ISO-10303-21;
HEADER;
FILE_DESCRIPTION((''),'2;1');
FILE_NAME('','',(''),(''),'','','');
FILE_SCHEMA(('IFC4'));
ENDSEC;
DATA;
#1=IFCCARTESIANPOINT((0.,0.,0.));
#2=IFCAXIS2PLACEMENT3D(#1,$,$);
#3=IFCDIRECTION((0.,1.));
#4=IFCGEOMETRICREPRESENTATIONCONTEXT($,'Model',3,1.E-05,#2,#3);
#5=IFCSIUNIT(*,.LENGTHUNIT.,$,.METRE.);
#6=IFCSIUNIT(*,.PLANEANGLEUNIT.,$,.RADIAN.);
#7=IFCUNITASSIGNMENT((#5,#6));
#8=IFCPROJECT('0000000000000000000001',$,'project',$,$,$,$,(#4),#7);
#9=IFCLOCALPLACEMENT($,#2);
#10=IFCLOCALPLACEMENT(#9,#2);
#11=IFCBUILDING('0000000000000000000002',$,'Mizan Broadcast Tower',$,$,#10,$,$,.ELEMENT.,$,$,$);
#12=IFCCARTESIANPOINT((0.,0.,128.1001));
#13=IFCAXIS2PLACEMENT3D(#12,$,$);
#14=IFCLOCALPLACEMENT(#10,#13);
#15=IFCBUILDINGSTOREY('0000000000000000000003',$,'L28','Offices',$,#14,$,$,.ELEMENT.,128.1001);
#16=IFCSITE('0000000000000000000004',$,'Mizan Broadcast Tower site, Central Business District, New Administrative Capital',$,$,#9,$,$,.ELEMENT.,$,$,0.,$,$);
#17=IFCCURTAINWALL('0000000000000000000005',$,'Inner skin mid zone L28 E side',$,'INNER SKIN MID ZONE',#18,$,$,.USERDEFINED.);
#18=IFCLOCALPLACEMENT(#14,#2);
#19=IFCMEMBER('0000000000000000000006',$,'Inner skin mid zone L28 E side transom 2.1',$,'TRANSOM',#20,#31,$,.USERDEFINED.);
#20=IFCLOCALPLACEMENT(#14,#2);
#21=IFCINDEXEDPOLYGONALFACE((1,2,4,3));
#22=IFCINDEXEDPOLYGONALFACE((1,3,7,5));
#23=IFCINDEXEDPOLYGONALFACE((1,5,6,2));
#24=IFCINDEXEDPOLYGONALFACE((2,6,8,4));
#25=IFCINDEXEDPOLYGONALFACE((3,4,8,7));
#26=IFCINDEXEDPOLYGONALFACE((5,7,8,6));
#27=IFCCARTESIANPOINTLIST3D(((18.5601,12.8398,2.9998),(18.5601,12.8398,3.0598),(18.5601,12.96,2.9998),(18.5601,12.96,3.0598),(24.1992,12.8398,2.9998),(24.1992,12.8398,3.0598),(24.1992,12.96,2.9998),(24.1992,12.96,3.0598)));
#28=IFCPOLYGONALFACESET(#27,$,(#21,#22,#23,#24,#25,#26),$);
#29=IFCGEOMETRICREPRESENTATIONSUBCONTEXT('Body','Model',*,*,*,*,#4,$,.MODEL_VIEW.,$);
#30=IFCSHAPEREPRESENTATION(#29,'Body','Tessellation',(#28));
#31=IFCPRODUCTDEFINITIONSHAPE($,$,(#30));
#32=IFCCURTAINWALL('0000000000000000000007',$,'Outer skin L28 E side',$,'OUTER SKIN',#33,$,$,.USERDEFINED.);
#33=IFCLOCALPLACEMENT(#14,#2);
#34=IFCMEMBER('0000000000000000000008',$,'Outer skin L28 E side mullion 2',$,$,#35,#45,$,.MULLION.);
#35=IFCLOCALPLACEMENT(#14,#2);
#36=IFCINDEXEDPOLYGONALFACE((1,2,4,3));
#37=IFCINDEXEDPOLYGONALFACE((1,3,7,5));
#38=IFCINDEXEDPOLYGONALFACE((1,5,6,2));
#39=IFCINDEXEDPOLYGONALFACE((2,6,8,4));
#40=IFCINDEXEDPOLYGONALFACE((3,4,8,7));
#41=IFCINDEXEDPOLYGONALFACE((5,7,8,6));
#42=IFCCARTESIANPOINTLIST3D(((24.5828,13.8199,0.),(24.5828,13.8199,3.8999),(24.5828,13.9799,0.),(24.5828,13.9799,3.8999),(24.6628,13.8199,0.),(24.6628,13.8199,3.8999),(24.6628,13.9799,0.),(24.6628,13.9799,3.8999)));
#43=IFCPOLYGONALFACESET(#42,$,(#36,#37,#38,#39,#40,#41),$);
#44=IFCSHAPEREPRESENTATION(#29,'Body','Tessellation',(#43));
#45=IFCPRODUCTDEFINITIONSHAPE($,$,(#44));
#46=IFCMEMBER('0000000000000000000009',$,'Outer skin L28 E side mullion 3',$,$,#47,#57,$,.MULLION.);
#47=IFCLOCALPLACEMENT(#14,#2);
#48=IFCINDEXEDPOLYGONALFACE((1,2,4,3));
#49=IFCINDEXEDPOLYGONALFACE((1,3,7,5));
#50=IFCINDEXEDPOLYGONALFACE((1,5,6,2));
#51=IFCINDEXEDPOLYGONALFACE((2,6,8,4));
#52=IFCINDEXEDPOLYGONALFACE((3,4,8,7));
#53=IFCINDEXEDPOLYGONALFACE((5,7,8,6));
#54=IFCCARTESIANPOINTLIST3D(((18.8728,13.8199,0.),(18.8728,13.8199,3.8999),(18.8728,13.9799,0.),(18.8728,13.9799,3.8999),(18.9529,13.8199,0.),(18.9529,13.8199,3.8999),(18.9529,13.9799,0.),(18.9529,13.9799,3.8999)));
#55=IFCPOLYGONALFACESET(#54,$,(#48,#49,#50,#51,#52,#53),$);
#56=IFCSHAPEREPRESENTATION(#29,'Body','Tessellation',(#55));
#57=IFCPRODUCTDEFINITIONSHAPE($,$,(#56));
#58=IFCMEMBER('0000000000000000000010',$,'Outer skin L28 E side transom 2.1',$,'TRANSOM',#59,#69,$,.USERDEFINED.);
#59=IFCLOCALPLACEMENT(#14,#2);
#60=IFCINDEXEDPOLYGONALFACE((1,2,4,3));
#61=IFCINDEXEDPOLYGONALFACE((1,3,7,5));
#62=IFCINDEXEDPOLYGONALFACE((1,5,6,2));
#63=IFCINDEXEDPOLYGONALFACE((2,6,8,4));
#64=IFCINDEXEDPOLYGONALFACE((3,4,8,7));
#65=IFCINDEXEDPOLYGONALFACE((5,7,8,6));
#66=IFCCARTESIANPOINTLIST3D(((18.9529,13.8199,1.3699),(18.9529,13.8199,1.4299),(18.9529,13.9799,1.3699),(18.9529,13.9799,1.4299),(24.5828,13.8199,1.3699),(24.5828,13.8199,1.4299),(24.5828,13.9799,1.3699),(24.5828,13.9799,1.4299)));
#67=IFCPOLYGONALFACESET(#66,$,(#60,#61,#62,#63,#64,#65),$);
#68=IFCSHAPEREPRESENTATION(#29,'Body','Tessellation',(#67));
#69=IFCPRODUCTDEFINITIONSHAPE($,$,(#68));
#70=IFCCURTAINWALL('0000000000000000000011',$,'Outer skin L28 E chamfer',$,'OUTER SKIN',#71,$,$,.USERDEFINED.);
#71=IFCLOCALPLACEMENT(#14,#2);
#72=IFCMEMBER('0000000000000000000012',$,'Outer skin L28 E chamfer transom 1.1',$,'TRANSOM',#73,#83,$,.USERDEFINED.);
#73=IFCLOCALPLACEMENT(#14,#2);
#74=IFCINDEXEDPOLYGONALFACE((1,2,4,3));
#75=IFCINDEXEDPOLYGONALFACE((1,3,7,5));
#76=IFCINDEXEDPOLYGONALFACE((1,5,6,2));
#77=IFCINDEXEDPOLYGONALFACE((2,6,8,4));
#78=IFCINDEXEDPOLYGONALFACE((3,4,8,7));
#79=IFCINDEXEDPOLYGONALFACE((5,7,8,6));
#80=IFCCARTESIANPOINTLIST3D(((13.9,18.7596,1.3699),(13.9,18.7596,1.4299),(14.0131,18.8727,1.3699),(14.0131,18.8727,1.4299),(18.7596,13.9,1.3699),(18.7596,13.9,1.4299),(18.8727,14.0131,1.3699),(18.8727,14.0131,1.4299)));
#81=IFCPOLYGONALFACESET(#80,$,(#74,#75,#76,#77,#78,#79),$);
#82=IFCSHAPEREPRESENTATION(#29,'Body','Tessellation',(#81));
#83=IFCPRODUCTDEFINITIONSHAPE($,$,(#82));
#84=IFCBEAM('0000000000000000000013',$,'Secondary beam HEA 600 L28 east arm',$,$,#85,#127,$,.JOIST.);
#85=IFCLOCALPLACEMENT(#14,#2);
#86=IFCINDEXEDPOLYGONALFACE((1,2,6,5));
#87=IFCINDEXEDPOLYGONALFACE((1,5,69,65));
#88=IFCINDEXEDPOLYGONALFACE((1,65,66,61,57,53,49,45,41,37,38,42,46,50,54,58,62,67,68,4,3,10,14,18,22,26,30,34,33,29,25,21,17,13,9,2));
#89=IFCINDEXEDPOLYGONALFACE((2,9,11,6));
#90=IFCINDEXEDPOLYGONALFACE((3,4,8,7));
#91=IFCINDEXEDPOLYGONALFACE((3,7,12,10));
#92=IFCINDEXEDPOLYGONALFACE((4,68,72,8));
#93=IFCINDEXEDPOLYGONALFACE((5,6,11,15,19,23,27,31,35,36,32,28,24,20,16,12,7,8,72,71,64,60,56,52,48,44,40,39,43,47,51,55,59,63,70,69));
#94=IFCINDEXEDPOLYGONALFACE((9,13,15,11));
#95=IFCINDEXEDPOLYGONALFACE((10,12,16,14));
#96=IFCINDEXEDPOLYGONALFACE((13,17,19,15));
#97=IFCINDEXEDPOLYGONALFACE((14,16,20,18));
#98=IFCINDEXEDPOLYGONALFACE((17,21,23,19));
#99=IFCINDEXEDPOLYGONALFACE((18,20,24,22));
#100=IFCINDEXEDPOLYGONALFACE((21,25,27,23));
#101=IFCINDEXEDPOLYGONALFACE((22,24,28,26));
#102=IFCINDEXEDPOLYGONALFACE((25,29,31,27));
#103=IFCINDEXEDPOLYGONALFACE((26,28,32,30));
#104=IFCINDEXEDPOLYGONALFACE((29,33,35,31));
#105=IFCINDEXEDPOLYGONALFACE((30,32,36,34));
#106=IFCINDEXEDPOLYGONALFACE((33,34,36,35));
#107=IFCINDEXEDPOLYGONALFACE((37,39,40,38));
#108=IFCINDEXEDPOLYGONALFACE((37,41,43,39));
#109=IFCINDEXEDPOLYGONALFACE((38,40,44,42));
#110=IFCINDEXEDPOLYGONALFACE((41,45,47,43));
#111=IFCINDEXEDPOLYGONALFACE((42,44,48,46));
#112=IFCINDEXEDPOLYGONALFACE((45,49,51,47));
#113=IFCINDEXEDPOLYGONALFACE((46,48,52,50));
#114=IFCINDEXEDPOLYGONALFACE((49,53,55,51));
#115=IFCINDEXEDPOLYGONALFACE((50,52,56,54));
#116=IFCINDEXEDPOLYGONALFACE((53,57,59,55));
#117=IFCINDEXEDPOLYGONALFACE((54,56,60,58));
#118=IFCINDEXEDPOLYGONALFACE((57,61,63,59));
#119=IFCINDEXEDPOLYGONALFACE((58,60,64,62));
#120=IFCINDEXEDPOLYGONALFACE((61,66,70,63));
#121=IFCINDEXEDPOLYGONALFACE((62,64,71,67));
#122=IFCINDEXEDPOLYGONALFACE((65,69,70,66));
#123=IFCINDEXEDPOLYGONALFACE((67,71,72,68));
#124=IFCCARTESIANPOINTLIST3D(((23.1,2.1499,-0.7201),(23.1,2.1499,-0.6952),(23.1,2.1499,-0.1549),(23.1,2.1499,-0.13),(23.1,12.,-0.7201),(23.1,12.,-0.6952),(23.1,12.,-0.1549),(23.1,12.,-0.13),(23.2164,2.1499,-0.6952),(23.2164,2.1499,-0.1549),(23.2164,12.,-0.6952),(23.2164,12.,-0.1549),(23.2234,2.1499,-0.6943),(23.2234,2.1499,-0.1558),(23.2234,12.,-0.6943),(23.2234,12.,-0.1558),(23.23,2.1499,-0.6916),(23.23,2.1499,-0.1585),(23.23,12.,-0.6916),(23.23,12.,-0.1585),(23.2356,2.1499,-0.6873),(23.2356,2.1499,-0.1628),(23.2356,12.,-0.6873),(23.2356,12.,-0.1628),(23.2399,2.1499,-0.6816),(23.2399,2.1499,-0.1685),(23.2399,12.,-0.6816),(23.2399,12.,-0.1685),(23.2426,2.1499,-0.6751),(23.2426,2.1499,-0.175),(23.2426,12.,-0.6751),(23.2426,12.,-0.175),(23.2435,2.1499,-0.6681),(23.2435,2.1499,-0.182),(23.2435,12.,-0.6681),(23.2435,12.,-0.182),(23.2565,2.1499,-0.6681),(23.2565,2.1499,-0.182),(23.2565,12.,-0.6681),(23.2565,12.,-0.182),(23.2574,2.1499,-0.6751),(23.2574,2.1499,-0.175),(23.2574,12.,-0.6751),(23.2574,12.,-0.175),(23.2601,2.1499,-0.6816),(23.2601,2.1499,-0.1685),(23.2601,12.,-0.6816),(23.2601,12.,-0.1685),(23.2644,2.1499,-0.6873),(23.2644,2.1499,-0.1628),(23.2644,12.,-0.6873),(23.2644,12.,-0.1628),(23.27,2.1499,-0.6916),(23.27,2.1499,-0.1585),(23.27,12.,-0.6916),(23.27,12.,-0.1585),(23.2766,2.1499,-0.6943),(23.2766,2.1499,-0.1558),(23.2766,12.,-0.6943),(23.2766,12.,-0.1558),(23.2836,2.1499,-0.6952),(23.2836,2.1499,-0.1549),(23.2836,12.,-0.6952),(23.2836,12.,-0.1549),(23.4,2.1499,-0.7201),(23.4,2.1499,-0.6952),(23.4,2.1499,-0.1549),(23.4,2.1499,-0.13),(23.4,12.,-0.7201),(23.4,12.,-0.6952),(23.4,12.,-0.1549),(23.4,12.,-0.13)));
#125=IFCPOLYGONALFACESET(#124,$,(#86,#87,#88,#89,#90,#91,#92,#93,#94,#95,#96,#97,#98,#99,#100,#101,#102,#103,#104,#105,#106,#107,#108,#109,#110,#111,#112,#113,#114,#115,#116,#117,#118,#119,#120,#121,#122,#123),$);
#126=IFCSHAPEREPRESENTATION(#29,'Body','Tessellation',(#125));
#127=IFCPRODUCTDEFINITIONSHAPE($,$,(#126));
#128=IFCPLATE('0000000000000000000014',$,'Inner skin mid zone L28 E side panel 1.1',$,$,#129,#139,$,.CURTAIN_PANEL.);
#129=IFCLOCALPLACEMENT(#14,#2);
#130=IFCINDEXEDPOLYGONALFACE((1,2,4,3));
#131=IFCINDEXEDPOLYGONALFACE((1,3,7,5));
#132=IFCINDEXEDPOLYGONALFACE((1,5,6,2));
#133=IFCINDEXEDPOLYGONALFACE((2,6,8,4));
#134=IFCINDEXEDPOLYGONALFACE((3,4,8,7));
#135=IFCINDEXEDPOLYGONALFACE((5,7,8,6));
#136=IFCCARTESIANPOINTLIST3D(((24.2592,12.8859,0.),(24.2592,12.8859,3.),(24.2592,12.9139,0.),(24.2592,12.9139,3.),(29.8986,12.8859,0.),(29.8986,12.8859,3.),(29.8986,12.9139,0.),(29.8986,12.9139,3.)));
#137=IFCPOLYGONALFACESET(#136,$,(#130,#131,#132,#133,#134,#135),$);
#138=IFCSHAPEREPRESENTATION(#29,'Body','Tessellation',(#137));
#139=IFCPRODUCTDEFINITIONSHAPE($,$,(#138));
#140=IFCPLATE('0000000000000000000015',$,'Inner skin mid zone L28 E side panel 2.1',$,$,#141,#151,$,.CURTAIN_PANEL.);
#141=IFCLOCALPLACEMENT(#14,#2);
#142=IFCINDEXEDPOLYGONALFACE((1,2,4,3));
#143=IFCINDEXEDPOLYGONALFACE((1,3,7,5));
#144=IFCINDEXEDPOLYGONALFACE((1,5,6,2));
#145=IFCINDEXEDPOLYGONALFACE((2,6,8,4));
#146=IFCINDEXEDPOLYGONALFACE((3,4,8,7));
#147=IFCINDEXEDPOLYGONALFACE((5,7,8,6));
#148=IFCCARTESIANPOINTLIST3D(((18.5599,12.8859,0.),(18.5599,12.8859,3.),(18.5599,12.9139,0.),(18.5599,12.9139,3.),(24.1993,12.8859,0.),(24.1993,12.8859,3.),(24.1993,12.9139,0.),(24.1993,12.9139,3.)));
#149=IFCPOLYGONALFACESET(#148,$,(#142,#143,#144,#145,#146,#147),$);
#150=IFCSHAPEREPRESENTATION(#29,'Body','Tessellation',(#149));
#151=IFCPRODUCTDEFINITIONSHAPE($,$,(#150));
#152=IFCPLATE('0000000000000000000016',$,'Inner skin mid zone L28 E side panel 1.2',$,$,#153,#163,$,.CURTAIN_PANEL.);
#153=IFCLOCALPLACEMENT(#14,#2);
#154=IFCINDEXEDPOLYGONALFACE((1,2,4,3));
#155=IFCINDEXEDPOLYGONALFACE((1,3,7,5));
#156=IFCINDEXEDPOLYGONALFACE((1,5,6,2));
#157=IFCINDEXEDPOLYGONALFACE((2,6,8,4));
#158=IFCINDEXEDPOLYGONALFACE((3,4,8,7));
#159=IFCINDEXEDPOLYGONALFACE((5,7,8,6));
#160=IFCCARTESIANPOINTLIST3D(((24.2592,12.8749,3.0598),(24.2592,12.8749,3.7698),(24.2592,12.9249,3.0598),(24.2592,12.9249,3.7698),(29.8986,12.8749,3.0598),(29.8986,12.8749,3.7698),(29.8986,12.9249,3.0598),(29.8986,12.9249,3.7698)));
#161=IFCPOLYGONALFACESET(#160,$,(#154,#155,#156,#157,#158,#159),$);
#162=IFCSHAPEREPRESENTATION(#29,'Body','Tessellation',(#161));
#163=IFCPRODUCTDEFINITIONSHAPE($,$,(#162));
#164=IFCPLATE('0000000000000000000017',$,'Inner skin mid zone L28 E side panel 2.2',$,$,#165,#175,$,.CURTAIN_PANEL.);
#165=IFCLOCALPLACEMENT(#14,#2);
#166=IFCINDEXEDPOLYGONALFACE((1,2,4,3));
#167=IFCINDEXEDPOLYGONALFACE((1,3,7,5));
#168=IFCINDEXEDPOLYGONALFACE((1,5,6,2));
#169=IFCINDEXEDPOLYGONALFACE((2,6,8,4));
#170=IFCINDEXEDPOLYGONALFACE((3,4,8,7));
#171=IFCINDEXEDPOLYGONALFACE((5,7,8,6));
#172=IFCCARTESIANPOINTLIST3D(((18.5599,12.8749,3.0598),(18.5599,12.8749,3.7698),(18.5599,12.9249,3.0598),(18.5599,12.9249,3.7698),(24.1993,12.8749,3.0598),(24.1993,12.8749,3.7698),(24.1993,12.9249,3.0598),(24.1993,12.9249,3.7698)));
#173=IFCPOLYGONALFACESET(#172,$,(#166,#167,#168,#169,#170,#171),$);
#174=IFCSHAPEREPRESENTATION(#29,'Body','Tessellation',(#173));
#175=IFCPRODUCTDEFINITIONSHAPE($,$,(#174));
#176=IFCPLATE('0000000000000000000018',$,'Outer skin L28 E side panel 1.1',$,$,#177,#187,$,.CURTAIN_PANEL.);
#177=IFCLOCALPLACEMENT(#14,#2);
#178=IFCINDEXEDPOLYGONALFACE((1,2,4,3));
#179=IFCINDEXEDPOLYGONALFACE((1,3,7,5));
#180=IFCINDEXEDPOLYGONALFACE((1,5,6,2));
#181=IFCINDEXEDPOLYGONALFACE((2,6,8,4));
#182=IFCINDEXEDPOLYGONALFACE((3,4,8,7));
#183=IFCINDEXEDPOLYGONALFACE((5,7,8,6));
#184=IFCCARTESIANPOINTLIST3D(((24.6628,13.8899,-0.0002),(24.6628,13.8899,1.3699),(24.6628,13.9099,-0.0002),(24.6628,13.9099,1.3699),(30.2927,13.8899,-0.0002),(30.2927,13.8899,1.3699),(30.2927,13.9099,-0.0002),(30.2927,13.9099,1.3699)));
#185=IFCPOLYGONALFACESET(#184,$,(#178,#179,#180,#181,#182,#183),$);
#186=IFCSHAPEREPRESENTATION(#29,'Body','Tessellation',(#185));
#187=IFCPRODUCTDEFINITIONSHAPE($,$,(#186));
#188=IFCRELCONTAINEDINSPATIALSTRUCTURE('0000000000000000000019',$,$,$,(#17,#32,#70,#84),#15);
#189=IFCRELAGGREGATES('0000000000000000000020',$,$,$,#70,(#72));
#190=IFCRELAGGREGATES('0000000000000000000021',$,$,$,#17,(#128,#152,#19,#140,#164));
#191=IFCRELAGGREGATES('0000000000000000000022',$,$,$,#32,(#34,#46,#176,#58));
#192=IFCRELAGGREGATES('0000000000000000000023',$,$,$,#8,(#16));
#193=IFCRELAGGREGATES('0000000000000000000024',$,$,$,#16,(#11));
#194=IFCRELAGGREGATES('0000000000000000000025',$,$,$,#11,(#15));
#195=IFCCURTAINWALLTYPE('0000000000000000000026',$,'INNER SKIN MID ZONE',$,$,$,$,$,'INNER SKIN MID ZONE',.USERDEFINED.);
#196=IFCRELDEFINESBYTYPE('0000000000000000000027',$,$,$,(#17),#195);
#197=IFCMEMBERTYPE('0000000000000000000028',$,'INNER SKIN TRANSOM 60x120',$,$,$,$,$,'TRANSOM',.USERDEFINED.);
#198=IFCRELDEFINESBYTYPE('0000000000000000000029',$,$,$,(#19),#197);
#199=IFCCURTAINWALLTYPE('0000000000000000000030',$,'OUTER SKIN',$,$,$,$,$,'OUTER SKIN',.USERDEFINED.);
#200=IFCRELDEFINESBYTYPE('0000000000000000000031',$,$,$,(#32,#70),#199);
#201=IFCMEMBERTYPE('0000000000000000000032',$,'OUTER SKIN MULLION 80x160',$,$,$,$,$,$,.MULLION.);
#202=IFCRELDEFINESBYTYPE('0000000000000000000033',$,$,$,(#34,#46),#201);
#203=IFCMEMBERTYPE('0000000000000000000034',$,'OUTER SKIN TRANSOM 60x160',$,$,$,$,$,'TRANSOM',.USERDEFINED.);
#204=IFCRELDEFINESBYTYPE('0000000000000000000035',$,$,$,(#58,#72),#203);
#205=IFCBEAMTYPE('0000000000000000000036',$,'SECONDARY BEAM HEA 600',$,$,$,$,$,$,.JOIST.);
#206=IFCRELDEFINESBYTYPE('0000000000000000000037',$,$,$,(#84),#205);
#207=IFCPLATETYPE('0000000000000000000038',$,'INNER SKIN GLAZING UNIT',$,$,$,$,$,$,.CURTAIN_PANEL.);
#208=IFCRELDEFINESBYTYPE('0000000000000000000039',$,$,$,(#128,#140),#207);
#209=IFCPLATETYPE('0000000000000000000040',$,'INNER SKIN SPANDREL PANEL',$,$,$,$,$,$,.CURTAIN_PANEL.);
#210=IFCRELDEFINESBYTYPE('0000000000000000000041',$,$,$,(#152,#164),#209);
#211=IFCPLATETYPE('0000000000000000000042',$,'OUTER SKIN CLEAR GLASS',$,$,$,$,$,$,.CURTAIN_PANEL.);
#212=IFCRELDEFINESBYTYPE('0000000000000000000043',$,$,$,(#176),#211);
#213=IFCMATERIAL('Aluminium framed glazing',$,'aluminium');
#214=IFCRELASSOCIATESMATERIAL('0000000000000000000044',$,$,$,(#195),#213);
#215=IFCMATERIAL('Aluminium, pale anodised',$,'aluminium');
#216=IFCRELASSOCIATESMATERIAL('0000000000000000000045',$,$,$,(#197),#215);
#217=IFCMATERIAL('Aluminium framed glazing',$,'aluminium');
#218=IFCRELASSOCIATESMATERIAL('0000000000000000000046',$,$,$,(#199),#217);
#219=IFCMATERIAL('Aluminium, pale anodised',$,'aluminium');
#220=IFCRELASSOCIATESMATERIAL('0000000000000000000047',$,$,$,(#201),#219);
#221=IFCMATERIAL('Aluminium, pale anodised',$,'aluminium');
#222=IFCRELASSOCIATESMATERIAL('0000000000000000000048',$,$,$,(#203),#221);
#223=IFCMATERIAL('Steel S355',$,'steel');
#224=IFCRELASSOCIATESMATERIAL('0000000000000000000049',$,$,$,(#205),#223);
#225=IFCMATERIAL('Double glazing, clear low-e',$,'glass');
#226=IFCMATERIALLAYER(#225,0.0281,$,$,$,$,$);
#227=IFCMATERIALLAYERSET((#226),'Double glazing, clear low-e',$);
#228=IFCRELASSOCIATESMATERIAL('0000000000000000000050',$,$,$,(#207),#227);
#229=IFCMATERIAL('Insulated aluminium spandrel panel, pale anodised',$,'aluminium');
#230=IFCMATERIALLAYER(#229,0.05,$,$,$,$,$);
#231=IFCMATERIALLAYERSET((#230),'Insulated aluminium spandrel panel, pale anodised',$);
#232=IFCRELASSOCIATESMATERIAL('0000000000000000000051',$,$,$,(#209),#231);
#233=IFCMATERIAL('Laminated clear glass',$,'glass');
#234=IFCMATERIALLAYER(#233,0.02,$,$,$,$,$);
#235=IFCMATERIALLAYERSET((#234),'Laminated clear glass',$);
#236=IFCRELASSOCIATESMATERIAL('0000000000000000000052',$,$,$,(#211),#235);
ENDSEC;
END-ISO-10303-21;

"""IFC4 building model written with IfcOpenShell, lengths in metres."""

from ifc_helpers import new_model, si_unit, direction, frame, origin, origin_2d, place, context, subcontext, project, spatial, rectangle, i_section, extrude, material, layer, layer_set, material_profile, profile_set, type_object, element, aggregate, save


model = new_model("IFC4")

# Units and contexts
model_context = context("Model", 3, precision=1e-05, world=origin(), true_north=direction((0.0, 1.0)))
body_context = subcontext(model_context, "Body", "Model", "MODEL_VIEW")
ifc_project = project(units=[si_unit("LENGTHUNIT", "METRE"), si_unit("PLANEANGLEUNIT", "RADIAN")], contexts=[model_context])

# Site, building, storey
site_placement = place(None, origin())
site = spatial("IfcSite", under=ifc_project, at=site_placement, Name="Mizan Broadcast Tower site, Central Business District, New Administrative Capital", CompositionType="ELEMENT", RefElevation=0.0)
building_placement = place(site_placement, origin())
building = spatial("IfcBuilding", under=site, at=building_placement, Name="Mizan Broadcast Tower", CompositionType="ELEMENT")
storey_placement = place(building_placement, frame((0.0, 0.0, 128.1001)))
storey = spatial("IfcBuildingStorey", under=building, at=storey_placement, Name="L28", Description="Offices", CompositionType="ELEMENT", Elevation=128.1001)

# Curtain walls, members
ifc_material_1 = material(Name="Aluminium framed glazing", Category="aluminium")
curtain_wall_type_1 = type_object("IfcCurtainWallType", Name="INNER SKIN MID ZONE", ElementType="INNER SKIN MID ZONE", PredefinedType="USERDEFINED", material=ifc_material_1)
curtain_wall_1_placement = place(storey_placement, origin())
curtain_wall_1 = element("IfcCurtainWall", 1, at=curtain_wall_1_placement, inside=storey, type_object=curtain_wall_type_1, Name="Inner skin mid zone L28 E side", ObjectType="INNER SKIN MID ZONE", PredefinedType="USERDEFINED")
ifc_material_2 = material(Name="Aluminium, pale anodised", Category="aluminium")
ifc_material_profile_1 = material_profile(ifc_material_2, rectangle(XDim=0.1201, YDim=0.0601, at=origin_2d()), Name="TRANSOM 120x60")
ifc_profile_set_1 = profile_set([ifc_material_profile_1], Name="Aluminium, pale anodised")
member_type_1 = type_object("IfcMemberType", Name="INNER SKIN TRANSOM 60x120", ElementType="TRANSOM", PredefinedType="USERDEFINED", material=ifc_profile_set_1)
member_1_placement = place(storey_placement, frame((24.1992, 12.8999, 3.0298), z_axis=(-1.0, 0.0, 0.0), x_axis=(0.0, -1.0, 0.0)))
member_1 = element("IfcMember", 2, at=member_1_placement, type_object=member_type_1, Name="Inner skin mid zone L28 E side transom 2.1", ObjectType="TRANSOM", PredefinedType="USERDEFINED", context=body_context, shape_type="SweptSolid", body=[
    extrude(rectangle(XDim=0.1201, YDim=0.0601, at=origin_2d()), origin(), (0.0, 0.0, 1.0), 5.6392),
])
ifc_material_3 = material(Name="Aluminium framed glazing", Category="aluminium")
curtain_wall_type_2 = type_object("IfcCurtainWallType", Name="OUTER SKIN", ElementType="OUTER SKIN", PredefinedType="USERDEFINED", material=ifc_material_3)
curtain_wall_2_placement = place(storey_placement, origin())
curtain_wall_2 = element("IfcCurtainWall", 3, at=curtain_wall_2_placement, inside=storey, type_object=curtain_wall_type_2, Name="Outer skin L28 E side", ObjectType="OUTER SKIN", PredefinedType="USERDEFINED")
ifc_material_4 = material(Name="Aluminium, pale anodised", Category="aluminium")
ifc_material_profile_2 = material_profile(ifc_material_4, rectangle(XDim=0.1599, YDim=0.0801, at=origin_2d()), Name="MULLION 160x80")
ifc_profile_set_2 = profile_set([ifc_material_profile_2], Name="Aluminium, pale anodised")
member_type_2 = type_object("IfcMemberType", Name="OUTER SKIN MULLION 80x160", PredefinedType="MULLION", material=ifc_profile_set_2)
member_2_placement = place(storey_placement, frame((24.6228, 13.8999, 0.0), z_axis=(0.0, 0.0, 1.0), x_axis=(0.0, -1.0, 0.0)))
member_2 = element("IfcMember", 4, at=member_2_placement, type_object=member_type_2, Name="Outer skin L28 E side mullion 2", PredefinedType="MULLION", context=body_context, shape_type="SweptSolid", body=[
    extrude(rectangle(XDim=0.1599, YDim=0.0801, at=origin_2d()), origin(), (0.0, 0.0, 1.0), 3.8999),
])
member_3_placement = place(storey_placement, frame((18.9128, 13.8999, 0.0), z_axis=(0.0, 0.0, 1.0), x_axis=(0.0, -1.0, 0.0)))
member_3 = element("IfcMember", 5, at=member_3_placement, type_object=member_type_2, Name="Outer skin L28 E side mullion 3", PredefinedType="MULLION", context=body_context, shape_type="SweptSolid", body=[
    extrude(rectangle(XDim=0.1599, YDim=0.0801, at=origin_2d()), origin(), (0.0, 0.0, 1.0), 3.8999),
])
ifc_material_5 = material(Name="Aluminium, pale anodised", Category="aluminium")
ifc_material_profile_3 = material_profile(ifc_material_5, rectangle(XDim=0.1599, YDim=0.0601, at=origin_2d()), Name="TRANSOM 160x60")
ifc_profile_set_3 = profile_set([ifc_material_profile_3], Name="Aluminium, pale anodised")
member_type_3 = type_object("IfcMemberType", Name="OUTER SKIN TRANSOM 60x160", ElementType="TRANSOM", PredefinedType="USERDEFINED", material=ifc_profile_set_3)
member_4_placement = place(storey_placement, frame((24.5828, 13.8999, 1.3999), z_axis=(-1.0, 0.0, 0.0), x_axis=(0.0, -1.0, 0.0)))
member_4 = element("IfcMember", 6, at=member_4_placement, type_object=member_type_3, Name="Outer skin L28 E side transom 2.1", ObjectType="TRANSOM", PredefinedType="USERDEFINED", context=body_context, shape_type="SweptSolid", body=[
    extrude(rectangle(XDim=0.1599, YDim=0.0601, at=origin_2d()), origin(), (0.0, 0.0, 1.0), 5.6299),
])

# Curtain wall, member
curtain_wall_3_placement = place(storey_placement, origin())
curtain_wall_3 = element("IfcCurtainWall", 7, at=curtain_wall_3_placement, inside=storey, type_object=curtain_wall_type_2, Name="Outer skin L28 E chamfer", ObjectType="OUTER SKIN", PredefinedType="USERDEFINED")
member_5_placement = place(storey_placement, frame((18.8162, 13.9565, 1.3999), z_axis=(-0.707107, 0.707107, 0.0), x_axis=(-0.707107, -0.707107, 0.0)))
member_5 = element("IfcMember", 8, at=member_5_placement, type_object=member_type_3, Name="Outer skin L28 E chamfer transom 1.1", ObjectType="TRANSOM", PredefinedType="USERDEFINED", context=body_context, shape_type="SweptSolid", body=[
    extrude(rectangle(XDim=0.1599, YDim=0.0601, at=origin_2d()), origin(), (0.0, 0.0, 1.0), 6.8726),
])
aggregate(curtain_wall_3, [member_5])

# Beam
ifc_material_6 = material(Name="Steel S355", Category="steel")
ifc_material_profile_4 = material_profile(ifc_material_6, i_section(OverallWidth=0.3, OverallDepth=0.5901, WebThickness=0.0129, FlangeThickness=0.0249, FilletRadius=0.0271, at=origin_2d()), Name="HEA 600")
ifc_profile_set_4 = profile_set([ifc_material_profile_4], Name="Steel S355")
beam_type_1 = type_object("IfcBeamType", Name="SECONDARY BEAM HEA 600", PredefinedType="JOIST", material=ifc_profile_set_4)
beam_1_placement = place(storey_placement, frame((23.25, 12.0, -0.425), z_axis=(0.0, -1.0, 0.0), x_axis=(1.0, 0.0, 0.0)))
element("IfcBeam", 9, at=beam_1_placement, inside=storey, type_object=beam_type_1, Name="Secondary beam HEA 600 L28 east arm", PredefinedType="JOIST", context=body_context, shape_type="SweptSolid", body=[
    extrude(i_section(OverallWidth=0.3, OverallDepth=0.5901, WebThickness=0.0129, FlangeThickness=0.0249, FilletRadius=0.0271, at=origin_2d()), origin(), (0.0, 0.0, 1.0), 9.8501),
])

# Plates
ifc_material_7 = material(Name="Double glazing, clear low-e", Category="glass")
ifc_layer_1 = layer(ifc_material_7, 0.0281)
ifc_layer_set_1 = layer_set([ifc_layer_1], Name="Double glazing, clear low-e")
plate_type_1 = type_object("IfcPlateType", Name="INNER SKIN GLAZING UNIT", PredefinedType="CURTAIN_PANEL", material=ifc_layer_set_1)
plate_1_placement = place(storey_placement, frame((27.0789, 12.8999, 0.0), z_axis=(0.0, 0.0, 1.0), x_axis=(-1.0, 0.0, 0.0)))
plate_1 = element("IfcPlate", 10, at=plate_1_placement, type_object=plate_type_1, Name="Inner skin mid zone L28 E side panel 1.1", PredefinedType="CURTAIN_PANEL", context=body_context, shape_type="SweptSolid", body=[
    extrude(rectangle(XDim=5.6394, YDim=0.0281, at=origin_2d()), origin(), (0.0, 0.0, 1.0), 3.0),
])
plate_2_placement = place(storey_placement, frame((21.3796, 12.8999, 0.0), z_axis=(0.0, 0.0, 1.0), x_axis=(-1.0, 0.0, 0.0)))
plate_2 = element("IfcPlate", 11, at=plate_2_placement, type_object=plate_type_1, Name="Inner skin mid zone L28 E side panel 2.1", PredefinedType="CURTAIN_PANEL", context=body_context, shape_type="SweptSolid", body=[
    extrude(rectangle(XDim=5.6394, YDim=0.0281, at=origin_2d()), origin(), (0.0, 0.0, 1.0), 3.0),
])
ifc_material_8 = material(Name="Insulated aluminium spandrel panel, pale anodised", Category="aluminium")
ifc_layer_2 = layer(ifc_material_8, 0.05)
ifc_layer_set_2 = layer_set([ifc_layer_2], Name="Insulated aluminium spandrel panel, pale anodised")
plate_type_2 = type_object("IfcPlateType", Name="INNER SKIN SPANDREL PANEL", PredefinedType="CURTAIN_PANEL", material=ifc_layer_set_2)
plate_3_placement = place(storey_placement, frame((27.0789, 12.8999, 3.0598), z_axis=(0.0, 0.0, 1.0), x_axis=(-1.0, 0.0, 0.0)))
plate_3 = element("IfcPlate", 12, at=plate_3_placement, type_object=plate_type_2, Name="Inner skin mid zone L28 E side panel 1.2", PredefinedType="CURTAIN_PANEL", context=body_context, shape_type="SweptSolid", body=[
    extrude(rectangle(XDim=5.6394, YDim=0.05, at=origin_2d()), origin(), (0.0, 0.0, 1.0), 0.71),
])
plate_4_placement = place(storey_placement, frame((21.3796, 12.8999, 3.0598), z_axis=(0.0, 0.0, 1.0), x_axis=(-1.0, 0.0, 0.0)))
plate_4 = element("IfcPlate", 13, at=plate_4_placement, type_object=plate_type_2, Name="Inner skin mid zone L28 E side panel 2.2", PredefinedType="CURTAIN_PANEL", context=body_context, shape_type="SweptSolid", body=[
    extrude(rectangle(XDim=5.6394, YDim=0.05, at=origin_2d()), origin(), (0.0, 0.0, 1.0), 0.71),
])
aggregate(curtain_wall_1, [plate_1, plate_3, member_1, plate_2, plate_4])
ifc_material_9 = material(Name="Laminated clear glass", Category="glass")
ifc_layer_3 = layer(ifc_material_9, 0.02)
ifc_layer_set_3 = layer_set([ifc_layer_3], Name="Laminated clear glass")
plate_type_3 = type_object("IfcPlateType", Name="OUTER SKIN CLEAR GLASS", PredefinedType="CURTAIN_PANEL", material=ifc_layer_set_3)
plate_5_placement = place(storey_placement, frame((27.4778, 13.8999, -0.0002), z_axis=(0.0, 0.0, 1.0), x_axis=(-1.0, 0.0, 0.0)))
plate_5 = element("IfcPlate", 14, at=plate_5_placement, type_object=plate_type_3, Name="Outer skin L28 E side panel 1.1", PredefinedType="CURTAIN_PANEL", context=body_context, shape_type="SweptSolid", body=[
    extrude(rectangle(XDim=5.6299, YDim=0.02, at=origin_2d()), origin(), (0.0, 0.0, 1.0), 1.3701),
])
aggregate(curtain_wall_2, [member_2, member_3, plate_5, member_4])

save(model, "model.ifc")
